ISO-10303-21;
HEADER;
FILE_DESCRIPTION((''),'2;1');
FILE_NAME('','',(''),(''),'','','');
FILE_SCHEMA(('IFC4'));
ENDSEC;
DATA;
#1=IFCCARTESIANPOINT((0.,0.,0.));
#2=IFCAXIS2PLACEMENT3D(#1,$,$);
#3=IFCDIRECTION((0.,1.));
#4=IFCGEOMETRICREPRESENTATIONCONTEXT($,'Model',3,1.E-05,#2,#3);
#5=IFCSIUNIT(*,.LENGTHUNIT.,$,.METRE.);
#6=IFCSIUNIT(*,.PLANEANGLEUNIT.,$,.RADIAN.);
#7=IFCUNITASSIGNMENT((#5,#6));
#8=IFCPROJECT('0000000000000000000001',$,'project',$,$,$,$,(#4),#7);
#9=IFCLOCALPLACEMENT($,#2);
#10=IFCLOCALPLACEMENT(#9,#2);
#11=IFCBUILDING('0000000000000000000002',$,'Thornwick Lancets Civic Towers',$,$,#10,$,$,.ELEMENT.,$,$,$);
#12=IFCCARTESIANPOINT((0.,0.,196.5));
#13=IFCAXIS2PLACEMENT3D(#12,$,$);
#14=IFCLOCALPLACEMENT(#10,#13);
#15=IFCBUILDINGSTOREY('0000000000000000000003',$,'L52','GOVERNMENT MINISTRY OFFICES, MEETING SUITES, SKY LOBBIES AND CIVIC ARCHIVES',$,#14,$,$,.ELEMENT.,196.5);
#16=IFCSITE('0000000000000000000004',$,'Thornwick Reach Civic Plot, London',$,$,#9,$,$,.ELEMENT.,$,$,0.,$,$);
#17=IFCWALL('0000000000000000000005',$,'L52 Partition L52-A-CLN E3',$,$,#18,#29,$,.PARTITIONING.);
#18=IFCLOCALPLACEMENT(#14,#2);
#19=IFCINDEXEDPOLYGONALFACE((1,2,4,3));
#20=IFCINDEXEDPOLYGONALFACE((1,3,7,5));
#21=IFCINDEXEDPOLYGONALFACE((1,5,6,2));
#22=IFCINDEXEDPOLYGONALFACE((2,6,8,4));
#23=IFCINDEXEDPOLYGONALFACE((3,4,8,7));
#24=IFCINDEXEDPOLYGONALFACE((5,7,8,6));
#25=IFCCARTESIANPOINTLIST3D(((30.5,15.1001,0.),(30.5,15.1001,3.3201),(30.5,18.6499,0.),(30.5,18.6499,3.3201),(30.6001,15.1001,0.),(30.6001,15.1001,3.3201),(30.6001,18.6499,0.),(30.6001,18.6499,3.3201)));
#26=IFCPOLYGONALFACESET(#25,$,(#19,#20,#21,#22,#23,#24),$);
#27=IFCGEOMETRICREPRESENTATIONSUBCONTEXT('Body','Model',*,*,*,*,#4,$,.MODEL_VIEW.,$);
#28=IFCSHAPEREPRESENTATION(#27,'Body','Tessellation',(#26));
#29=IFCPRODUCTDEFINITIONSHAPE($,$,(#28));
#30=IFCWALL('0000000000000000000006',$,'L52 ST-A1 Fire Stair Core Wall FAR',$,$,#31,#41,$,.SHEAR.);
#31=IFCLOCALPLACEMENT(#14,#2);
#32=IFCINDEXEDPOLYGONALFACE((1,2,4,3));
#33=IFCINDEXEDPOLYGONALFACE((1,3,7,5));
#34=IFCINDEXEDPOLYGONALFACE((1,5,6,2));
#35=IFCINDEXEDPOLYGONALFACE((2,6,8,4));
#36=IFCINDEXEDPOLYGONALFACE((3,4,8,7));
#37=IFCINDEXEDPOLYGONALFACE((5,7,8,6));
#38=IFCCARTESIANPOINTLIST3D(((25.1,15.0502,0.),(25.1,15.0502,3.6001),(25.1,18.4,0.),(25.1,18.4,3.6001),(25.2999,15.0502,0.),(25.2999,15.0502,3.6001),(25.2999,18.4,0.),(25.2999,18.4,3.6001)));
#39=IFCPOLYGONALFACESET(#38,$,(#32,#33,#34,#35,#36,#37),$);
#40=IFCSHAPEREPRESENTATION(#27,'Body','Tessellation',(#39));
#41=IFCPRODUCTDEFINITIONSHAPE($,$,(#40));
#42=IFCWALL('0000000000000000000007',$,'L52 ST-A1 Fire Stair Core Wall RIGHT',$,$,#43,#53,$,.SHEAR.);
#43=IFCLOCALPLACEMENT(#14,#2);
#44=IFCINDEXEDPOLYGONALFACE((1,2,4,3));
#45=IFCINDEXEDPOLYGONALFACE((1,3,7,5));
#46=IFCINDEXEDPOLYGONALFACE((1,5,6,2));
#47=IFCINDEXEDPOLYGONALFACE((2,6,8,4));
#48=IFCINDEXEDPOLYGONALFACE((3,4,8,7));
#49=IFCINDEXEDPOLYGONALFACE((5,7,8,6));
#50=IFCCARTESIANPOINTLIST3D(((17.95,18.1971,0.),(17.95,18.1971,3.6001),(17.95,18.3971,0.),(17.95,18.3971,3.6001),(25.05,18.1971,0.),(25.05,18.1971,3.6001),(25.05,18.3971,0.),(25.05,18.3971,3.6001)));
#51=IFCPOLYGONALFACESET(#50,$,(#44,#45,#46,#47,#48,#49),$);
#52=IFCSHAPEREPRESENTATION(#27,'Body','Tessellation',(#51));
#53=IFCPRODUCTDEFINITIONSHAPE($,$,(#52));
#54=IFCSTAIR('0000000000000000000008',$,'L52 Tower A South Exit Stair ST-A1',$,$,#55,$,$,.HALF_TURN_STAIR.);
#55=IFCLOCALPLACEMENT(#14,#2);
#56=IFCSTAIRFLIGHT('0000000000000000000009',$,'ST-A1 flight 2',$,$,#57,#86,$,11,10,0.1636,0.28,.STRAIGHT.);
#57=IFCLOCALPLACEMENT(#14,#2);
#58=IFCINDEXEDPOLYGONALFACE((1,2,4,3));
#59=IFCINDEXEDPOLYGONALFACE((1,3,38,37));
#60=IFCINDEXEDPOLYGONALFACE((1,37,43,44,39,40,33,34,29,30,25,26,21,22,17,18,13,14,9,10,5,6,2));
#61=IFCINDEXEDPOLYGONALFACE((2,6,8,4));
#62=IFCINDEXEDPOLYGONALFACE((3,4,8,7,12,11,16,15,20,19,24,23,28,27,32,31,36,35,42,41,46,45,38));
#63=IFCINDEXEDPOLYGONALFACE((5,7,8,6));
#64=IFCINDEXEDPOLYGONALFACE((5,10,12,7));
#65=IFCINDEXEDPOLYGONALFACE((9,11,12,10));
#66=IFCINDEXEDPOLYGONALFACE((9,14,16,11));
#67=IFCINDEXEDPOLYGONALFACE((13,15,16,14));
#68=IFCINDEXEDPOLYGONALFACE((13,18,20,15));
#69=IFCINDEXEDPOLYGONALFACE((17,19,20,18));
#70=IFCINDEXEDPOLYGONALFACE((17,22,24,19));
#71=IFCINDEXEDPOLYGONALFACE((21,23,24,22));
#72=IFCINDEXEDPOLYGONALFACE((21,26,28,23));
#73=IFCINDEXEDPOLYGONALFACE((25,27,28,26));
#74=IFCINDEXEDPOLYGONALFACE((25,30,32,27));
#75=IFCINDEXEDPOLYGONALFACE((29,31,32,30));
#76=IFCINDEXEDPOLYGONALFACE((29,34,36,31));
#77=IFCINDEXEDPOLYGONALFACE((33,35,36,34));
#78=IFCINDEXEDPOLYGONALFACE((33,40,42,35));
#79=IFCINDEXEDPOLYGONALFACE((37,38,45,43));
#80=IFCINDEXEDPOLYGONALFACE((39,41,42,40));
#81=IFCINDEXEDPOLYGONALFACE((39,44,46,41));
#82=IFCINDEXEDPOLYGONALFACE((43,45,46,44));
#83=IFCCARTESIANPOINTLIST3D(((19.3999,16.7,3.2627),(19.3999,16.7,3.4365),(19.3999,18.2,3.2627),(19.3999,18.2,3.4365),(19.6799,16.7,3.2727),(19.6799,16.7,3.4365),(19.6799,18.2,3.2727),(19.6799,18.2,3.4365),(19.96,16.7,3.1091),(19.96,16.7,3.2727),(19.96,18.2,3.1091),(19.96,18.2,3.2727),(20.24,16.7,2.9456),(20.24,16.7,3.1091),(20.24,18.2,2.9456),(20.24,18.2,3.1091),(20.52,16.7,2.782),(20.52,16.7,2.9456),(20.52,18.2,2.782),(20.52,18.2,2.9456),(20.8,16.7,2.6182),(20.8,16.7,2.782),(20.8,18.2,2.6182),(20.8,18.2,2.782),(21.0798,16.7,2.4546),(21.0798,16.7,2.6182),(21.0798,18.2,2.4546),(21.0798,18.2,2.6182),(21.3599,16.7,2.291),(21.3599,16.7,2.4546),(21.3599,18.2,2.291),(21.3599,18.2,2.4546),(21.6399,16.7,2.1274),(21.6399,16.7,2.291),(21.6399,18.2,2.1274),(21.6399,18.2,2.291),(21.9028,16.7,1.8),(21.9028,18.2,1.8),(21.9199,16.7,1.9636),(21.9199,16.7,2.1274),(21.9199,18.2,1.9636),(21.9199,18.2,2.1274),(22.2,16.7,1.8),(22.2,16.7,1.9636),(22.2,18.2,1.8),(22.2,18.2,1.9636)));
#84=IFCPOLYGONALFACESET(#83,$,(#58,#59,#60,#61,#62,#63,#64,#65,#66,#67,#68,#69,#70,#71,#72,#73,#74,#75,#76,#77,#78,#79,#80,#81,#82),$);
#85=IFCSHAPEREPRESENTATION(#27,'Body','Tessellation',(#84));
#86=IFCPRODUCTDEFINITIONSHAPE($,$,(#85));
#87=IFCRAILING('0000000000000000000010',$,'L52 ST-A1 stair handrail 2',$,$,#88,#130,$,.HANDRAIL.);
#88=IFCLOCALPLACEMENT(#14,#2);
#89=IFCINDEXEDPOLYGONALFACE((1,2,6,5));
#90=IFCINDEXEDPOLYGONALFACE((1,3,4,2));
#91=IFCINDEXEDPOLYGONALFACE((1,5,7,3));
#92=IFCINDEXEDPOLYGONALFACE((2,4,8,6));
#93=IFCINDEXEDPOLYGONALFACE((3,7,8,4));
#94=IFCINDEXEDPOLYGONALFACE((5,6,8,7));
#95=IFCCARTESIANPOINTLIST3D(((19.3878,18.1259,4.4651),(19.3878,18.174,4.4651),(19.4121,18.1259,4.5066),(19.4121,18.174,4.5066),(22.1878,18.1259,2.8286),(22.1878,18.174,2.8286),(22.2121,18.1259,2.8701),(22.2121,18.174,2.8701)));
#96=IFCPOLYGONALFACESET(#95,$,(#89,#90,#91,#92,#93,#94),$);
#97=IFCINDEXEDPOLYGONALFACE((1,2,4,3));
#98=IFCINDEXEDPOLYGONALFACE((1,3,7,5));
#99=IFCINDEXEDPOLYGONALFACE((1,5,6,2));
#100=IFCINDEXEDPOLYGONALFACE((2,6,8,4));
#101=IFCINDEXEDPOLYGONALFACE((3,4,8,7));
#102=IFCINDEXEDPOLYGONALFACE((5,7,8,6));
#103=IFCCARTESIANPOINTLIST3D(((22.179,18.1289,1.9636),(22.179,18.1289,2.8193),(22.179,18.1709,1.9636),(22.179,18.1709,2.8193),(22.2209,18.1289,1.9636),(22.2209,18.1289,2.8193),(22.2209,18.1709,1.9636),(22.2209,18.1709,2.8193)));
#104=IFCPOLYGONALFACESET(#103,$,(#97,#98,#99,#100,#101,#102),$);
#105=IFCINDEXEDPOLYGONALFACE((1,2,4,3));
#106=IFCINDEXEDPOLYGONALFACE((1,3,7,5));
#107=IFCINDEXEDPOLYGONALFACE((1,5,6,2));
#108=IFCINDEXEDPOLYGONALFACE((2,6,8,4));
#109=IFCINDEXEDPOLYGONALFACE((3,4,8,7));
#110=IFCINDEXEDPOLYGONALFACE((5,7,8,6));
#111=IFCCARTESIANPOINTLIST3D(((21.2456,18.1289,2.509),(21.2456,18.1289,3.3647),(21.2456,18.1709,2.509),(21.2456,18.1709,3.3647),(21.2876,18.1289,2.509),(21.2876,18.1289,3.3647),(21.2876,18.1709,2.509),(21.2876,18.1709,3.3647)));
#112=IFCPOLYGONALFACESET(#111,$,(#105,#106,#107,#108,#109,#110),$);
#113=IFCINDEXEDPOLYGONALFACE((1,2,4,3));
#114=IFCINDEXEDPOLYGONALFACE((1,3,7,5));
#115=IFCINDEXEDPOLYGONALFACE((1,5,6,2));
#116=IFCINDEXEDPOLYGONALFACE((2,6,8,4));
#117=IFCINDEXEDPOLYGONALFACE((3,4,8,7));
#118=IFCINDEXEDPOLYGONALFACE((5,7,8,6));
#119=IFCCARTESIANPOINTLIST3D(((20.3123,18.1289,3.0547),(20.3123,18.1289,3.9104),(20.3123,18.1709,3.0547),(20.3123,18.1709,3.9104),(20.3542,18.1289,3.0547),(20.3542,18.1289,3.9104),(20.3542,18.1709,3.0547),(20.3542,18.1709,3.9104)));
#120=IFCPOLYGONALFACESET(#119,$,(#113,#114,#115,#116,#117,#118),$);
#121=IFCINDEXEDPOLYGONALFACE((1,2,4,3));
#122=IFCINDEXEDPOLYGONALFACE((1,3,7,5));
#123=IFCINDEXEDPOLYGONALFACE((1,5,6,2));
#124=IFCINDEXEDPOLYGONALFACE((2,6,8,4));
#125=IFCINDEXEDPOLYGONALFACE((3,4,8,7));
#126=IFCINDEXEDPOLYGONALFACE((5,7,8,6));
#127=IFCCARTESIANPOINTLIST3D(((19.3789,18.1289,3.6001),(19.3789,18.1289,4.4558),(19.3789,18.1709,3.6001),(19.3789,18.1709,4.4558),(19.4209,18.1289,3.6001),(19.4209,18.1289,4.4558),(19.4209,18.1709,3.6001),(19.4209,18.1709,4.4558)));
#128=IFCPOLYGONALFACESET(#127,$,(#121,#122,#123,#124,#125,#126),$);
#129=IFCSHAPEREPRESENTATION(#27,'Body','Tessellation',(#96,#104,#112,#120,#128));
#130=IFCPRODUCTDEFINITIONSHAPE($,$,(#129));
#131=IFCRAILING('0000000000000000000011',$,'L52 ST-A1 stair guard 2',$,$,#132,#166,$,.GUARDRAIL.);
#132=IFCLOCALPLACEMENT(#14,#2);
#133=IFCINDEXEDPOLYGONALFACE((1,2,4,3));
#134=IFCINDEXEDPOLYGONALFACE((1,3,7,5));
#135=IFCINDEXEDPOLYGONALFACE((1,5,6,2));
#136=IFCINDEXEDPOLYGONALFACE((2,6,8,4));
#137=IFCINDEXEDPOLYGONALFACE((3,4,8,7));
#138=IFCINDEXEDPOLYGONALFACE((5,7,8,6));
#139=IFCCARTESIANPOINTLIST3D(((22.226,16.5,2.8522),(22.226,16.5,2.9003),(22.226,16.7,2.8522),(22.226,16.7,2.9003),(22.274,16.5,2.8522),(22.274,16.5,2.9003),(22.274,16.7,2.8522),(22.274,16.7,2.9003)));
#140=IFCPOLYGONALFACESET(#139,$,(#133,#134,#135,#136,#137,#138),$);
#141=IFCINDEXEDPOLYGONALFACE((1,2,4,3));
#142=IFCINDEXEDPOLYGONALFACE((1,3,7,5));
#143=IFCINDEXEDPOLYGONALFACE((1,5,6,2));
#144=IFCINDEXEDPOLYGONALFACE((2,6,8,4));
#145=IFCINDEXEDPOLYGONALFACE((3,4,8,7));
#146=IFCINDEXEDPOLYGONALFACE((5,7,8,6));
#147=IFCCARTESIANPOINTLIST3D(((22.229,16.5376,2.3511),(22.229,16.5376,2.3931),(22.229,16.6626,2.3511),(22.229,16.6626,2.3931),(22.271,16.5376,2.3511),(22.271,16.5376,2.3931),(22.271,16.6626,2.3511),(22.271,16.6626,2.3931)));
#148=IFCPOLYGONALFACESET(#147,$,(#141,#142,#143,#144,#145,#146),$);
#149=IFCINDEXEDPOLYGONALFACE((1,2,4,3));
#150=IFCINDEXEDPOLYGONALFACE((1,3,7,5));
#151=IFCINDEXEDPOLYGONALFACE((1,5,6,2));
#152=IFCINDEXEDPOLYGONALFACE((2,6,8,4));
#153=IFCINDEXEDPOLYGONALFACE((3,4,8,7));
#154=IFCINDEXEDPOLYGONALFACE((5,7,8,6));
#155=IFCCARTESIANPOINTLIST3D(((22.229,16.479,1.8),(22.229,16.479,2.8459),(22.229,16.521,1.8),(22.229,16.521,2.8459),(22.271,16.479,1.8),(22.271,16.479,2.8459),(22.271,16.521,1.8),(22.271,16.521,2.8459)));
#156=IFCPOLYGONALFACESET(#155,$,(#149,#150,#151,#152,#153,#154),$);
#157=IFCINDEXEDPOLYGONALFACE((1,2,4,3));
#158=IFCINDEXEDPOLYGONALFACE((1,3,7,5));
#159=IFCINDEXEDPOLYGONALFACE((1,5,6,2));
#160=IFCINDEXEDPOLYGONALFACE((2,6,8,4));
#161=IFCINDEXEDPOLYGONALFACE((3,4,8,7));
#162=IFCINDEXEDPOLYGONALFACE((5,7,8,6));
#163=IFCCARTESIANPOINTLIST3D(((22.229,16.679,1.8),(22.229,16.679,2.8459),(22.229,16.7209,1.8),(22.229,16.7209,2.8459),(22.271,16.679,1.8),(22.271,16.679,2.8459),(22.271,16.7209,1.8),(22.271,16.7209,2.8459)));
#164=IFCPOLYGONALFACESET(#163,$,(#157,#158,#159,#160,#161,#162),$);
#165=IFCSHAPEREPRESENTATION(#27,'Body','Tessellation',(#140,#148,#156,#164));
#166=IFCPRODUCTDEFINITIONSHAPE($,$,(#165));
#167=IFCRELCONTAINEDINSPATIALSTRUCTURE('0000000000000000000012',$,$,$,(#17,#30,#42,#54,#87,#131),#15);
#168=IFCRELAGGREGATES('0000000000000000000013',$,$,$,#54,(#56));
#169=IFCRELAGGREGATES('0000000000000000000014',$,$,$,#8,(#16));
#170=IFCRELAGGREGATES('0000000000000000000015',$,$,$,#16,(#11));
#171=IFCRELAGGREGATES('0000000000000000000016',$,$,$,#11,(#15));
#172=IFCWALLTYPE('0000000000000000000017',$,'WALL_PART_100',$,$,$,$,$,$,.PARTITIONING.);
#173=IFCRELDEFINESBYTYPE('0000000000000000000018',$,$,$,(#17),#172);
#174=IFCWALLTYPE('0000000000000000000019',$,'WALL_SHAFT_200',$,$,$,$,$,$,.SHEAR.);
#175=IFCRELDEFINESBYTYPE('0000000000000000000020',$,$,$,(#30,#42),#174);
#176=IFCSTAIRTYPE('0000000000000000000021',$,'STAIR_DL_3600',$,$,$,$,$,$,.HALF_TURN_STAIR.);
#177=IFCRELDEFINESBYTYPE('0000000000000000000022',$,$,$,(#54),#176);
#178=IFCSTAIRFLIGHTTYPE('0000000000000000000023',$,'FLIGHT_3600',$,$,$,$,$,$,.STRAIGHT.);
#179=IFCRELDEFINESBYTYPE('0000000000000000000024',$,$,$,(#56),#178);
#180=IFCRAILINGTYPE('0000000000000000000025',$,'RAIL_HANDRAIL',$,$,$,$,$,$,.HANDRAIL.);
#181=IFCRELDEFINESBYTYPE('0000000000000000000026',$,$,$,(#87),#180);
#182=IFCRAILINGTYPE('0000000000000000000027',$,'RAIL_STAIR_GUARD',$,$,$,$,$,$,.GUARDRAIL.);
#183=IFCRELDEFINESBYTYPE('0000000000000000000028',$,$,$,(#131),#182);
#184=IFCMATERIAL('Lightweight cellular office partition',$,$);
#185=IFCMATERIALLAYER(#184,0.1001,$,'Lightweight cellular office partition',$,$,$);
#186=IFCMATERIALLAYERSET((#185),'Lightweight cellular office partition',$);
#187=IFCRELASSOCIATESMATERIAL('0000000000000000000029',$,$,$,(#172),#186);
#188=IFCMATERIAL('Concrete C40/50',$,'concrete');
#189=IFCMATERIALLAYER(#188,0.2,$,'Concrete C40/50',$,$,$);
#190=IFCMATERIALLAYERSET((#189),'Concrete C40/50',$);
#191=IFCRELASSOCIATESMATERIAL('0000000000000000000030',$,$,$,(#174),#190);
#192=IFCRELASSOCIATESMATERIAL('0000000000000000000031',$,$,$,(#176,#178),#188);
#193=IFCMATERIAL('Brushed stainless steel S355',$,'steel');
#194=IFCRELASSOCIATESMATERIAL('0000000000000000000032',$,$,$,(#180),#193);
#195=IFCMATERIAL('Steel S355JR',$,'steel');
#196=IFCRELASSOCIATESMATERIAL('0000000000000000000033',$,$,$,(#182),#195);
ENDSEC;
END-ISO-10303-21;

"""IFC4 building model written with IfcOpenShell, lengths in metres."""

from ifc_helpers import new_model, si_unit, direction, frame, frame_2d, origin, origin_2d, place, context, subcontext, project, spatial, polyline, rectangle, outline, extrude, material, layer, layer_set, type_object, element, aggregate, save


model = new_model("IFC4")

# Units and contexts
model_context = context("Model", 3, precision=1e-05, world=origin(), true_north=direction((0.0, 1.0)))
body_context = subcontext(model_context, "Body", "Model", "MODEL_VIEW")
ifc_project = project(units=[si_unit("LENGTHUNIT", "METRE"), si_unit("PLANEANGLEUNIT", "RADIAN")], contexts=[model_context])

# Site, building, storey
site_placement = place(None, origin())
site = spatial("IfcSite", under=ifc_project, at=site_placement, Name="Thornwick Reach Civic Plot, London", CompositionType="ELEMENT", RefElevation=0.0)
building_placement = place(site_placement, origin())
building = spatial("IfcBuilding", under=site, at=building_placement, Name="Thornwick Lancets Civic Towers", CompositionType="ELEMENT")
storey_placement = place(building_placement, frame((0.0, 0.0, 196.5)))
storey = spatial("IfcBuildingStorey", under=building, at=storey_placement, Name="L52", Description="GOVERNMENT MINISTRY OFFICES, MEETING SUITES, SKY LOBBIES AND CIVIC ARCHIVES", CompositionType="ELEMENT", Elevation=196.5)

# Shared definitions
ifc_material_1 = material(Name="Steel S355JR", Category="steel")
ifc_material_2 = material(Name="Concrete C40/50", Category="concrete")

# Walls
ifc_material_3 = material(Name="Lightweight cellular office partition")
ifc_layer_1 = layer(ifc_material_3, 0.1001, Name="Lightweight cellular office partition")
ifc_layer_set_1 = layer_set([ifc_layer_1], Name="Lightweight cellular office partition")
wall_type_1 = type_object("IfcWallType", Name="WALL_PART_100", PredefinedType="PARTITIONING", material=ifc_layer_set_1)
wall_1_placement = place(storey_placement, frame((30.55, 15.1001, 0.0), z_axis=(0.0, 0.0, 1.0), x_axis=(0.0, 1.0, 0.0)))
element("IfcWall", 1, at=wall_1_placement, inside=storey, type_object=wall_type_1, Name="L52 Partition L52-A-CLN E3", PredefinedType="PARTITIONING", context=body_context, shape_type="SweptSolid", body=[
    extrude(rectangle(XDim=3.5498, YDim=0.1001, at=frame_2d((1.7749, 0.0))), origin(), (0.0, 0.0, 1.0), 3.3201),
])
ifc_layer_2 = layer(ifc_material_2, 0.2, Name="Concrete C40/50")
ifc_layer_set_2 = layer_set([ifc_layer_2], Name="Concrete C40/50")
wall_type_2 = type_object("IfcWallType", Name="WALL_SHAFT_200", PredefinedType="SHEAR", material=ifc_layer_set_2)
wall_2_placement = place(storey_placement, frame((25.2, 18.3999, 0.0), z_axis=(0.0, 0.0, 1.0), x_axis=(0.0, -1.0, 0.0)))
element("IfcWall", 2, at=wall_2_placement, inside=storey, type_object=wall_type_2, Name="L52 ST-A1 Fire Stair Core Wall FAR", PredefinedType="SHEAR", context=body_context, shape_type="SweptSolid", body=[
    extrude(rectangle(XDim=3.3499, YDim=0.2, at=frame_2d((1.6748, 0.0))), origin(), (0.0, 0.0, 1.0), 3.6001),
])
wall_3_placement = place(storey_placement, frame((25.05, 18.2971, 0.0), z_axis=(0.0, 0.0, 1.0), x_axis=(-1.0, 0.0, 0.0)))
element("IfcWall", 3, at=wall_3_placement, inside=storey, type_object=wall_type_2, Name="L52 ST-A1 Fire Stair Core Wall RIGHT", PredefinedType="SHEAR", context=body_context, shape_type="SweptSolid", body=[
    extrude(rectangle(XDim=7.1001, YDim=0.2, at=frame_2d((3.55, 0.0))), origin(), (0.0, 0.0, 1.0), 3.6001),
])

# Stair, stair flight
stair_type = type_object("IfcStairType", Name="STAIR_DL_3600", PredefinedType="HALF_TURN_STAIR", material=ifc_material_2)
stair_placement = place(storey_placement, origin())
stair = element("IfcStair", 4, at=stair_placement, inside=storey, type_object=stair_type, Name="L52 Tower A South Exit Stair ST-A1", PredefinedType="HALF_TURN_STAIR")
stair_flight_type = type_object("IfcStairFlightType", Name="FLIGHT_3600", PredefinedType="STRAIGHT", material=ifc_material_2)
stair_flight_placement = place(storey_placement, frame((22.2, 17.45, 1.8), z_axis=(0.0, 0.0, 1.0), x_axis=(-1.0, 0.0, 0.0)))
stair_flight = element("IfcStairFlight", 5, at=stair_flight_placement, type_object=stair_flight_type, Name="ST-A1 flight 2", NumberOfRisers=11, NumberOfTreads=10, PredefinedType="STRAIGHT", RiserHeight=0.1636, TreadLength=0.28, context=body_context, shape_type="SweptSolid", body=[
    extrude(outline(polyline([(0.0, 0.0), (0.0, 0.1636), (0.28, 0.1636), (0.28, 0.3274), (0.5601, 0.3274), (0.5601, 0.491), (0.8401, 0.491), (0.8401, 0.6545), (1.1201, 0.6545), (1.1201, 0.8181), (1.3999, 0.8181), (1.3999, 0.9819), (1.6799, 0.9819), (1.6799, 1.1455), (1.96, 1.1455), (1.96, 1.3091), (2.24, 1.3091), (2.24, 1.4727), (2.52, 1.4727), (2.52, 1.6365), (2.8, 1.6365), (2.8, 1.8), (2.8, 1.4626), (0.2971, 0.0), (0.0, 0.0)])), frame((0.0, 0.75, 0.0), z_axis=(0.0, -1.0, 0.0), x_axis=(1.0, 0.0, 0.0)), (0.0, 0.0, 1.0), 1.5),
])
aggregate(stair, [stair_flight])

# Railings
ifc_material_4 = material(Name="Brushed stainless steel S355", Category="steel")
railing_type_1 = type_object("IfcRailingType", Name="RAIL_HANDRAIL", PredefinedType="HANDRAIL", material=ifc_material_4)
railing_1_placement = place(storey_placement, frame((22.2, 18.1499, 1.9636)))
element("IfcRailing", 6, at=railing_1_placement, inside=storey, type_object=railing_type_1, Name="L52 ST-A1 stair handrail 2", PredefinedType="HANDRAIL", context=body_context, shape_type="SweptSolid", body=[
    extrude(rectangle(XDim=0.0481, YDim=0.0481, at=origin_2d()), frame((0.0, 0.0, 0.8857), z_axis=(-0.863361, 0.0, 0.504587), x_axis=(0.0, -1.0, 0.0)), (0.0, 0.0, 1.0), 3.2432),
    extrude(rectangle(XDim=0.042, YDim=0.042, at=origin_2d()), origin(), (0.0, 0.0, 1.0), 0.8557),
    extrude(rectangle(XDim=0.042, YDim=0.042, at=origin_2d()), frame((-0.9333, 0.0, 0.5454)), (0.0, 0.0, 1.0), 0.8557),
    extrude(rectangle(XDim=0.042, YDim=0.042, at=origin_2d()), frame((-1.8667, 0.0, 1.0911)), (0.0, 0.0, 1.0), 0.8557),
    extrude(rectangle(XDim=0.042, YDim=0.042, at=origin_2d()), frame((-2.8, 0.0, 1.6365)), (0.0, 0.0, 1.0), 0.8557),
])
railing_type_2 = type_object("IfcRailingType", Name="RAIL_STAIR_GUARD", PredefinedType="GUARDRAIL", material=ifc_material_1)
railing_2_placement = place(storey_placement, frame((22.25, 16.5, 1.8)))
element("IfcRailing", 7, at=railing_2_placement, inside=storey, type_object=railing_type_2, Name="L52 ST-A1 stair guard 2", PredefinedType="GUARDRAIL", context=body_context, shape_type="SweptSolid", body=[
    extrude(rectangle(XDim=0.0481, YDim=0.0481, at=origin_2d()), frame((0.0, 0.0, 1.0762), z_axis=(0.0, 1.0, 0.0), x_axis=(-1.0, 0.0, 0.0)), (0.0, 0.0, 1.0), 0.2),
    extrude(rectangle(XDim=0.042, YDim=0.042, at=origin_2d()), frame((0.0, 0.0376, 0.572), z_axis=(0.0, 1.0, 0.0), x_axis=(-1.0, 0.0, 0.0)), (0.0, 0.0, 1.0), 0.125),
    extrude(rectangle(XDim=0.042, YDim=0.042, at=origin_2d()), origin(), (0.0, 0.0, 1.0), 1.0459),
    extrude(rectangle(XDim=0.042, YDim=0.042, at=origin_2d()), frame((0.0, 0.2, 0.0)), (0.0, 0.0, 1.0), 1.0459),
])

save(model, "model.ifc")
